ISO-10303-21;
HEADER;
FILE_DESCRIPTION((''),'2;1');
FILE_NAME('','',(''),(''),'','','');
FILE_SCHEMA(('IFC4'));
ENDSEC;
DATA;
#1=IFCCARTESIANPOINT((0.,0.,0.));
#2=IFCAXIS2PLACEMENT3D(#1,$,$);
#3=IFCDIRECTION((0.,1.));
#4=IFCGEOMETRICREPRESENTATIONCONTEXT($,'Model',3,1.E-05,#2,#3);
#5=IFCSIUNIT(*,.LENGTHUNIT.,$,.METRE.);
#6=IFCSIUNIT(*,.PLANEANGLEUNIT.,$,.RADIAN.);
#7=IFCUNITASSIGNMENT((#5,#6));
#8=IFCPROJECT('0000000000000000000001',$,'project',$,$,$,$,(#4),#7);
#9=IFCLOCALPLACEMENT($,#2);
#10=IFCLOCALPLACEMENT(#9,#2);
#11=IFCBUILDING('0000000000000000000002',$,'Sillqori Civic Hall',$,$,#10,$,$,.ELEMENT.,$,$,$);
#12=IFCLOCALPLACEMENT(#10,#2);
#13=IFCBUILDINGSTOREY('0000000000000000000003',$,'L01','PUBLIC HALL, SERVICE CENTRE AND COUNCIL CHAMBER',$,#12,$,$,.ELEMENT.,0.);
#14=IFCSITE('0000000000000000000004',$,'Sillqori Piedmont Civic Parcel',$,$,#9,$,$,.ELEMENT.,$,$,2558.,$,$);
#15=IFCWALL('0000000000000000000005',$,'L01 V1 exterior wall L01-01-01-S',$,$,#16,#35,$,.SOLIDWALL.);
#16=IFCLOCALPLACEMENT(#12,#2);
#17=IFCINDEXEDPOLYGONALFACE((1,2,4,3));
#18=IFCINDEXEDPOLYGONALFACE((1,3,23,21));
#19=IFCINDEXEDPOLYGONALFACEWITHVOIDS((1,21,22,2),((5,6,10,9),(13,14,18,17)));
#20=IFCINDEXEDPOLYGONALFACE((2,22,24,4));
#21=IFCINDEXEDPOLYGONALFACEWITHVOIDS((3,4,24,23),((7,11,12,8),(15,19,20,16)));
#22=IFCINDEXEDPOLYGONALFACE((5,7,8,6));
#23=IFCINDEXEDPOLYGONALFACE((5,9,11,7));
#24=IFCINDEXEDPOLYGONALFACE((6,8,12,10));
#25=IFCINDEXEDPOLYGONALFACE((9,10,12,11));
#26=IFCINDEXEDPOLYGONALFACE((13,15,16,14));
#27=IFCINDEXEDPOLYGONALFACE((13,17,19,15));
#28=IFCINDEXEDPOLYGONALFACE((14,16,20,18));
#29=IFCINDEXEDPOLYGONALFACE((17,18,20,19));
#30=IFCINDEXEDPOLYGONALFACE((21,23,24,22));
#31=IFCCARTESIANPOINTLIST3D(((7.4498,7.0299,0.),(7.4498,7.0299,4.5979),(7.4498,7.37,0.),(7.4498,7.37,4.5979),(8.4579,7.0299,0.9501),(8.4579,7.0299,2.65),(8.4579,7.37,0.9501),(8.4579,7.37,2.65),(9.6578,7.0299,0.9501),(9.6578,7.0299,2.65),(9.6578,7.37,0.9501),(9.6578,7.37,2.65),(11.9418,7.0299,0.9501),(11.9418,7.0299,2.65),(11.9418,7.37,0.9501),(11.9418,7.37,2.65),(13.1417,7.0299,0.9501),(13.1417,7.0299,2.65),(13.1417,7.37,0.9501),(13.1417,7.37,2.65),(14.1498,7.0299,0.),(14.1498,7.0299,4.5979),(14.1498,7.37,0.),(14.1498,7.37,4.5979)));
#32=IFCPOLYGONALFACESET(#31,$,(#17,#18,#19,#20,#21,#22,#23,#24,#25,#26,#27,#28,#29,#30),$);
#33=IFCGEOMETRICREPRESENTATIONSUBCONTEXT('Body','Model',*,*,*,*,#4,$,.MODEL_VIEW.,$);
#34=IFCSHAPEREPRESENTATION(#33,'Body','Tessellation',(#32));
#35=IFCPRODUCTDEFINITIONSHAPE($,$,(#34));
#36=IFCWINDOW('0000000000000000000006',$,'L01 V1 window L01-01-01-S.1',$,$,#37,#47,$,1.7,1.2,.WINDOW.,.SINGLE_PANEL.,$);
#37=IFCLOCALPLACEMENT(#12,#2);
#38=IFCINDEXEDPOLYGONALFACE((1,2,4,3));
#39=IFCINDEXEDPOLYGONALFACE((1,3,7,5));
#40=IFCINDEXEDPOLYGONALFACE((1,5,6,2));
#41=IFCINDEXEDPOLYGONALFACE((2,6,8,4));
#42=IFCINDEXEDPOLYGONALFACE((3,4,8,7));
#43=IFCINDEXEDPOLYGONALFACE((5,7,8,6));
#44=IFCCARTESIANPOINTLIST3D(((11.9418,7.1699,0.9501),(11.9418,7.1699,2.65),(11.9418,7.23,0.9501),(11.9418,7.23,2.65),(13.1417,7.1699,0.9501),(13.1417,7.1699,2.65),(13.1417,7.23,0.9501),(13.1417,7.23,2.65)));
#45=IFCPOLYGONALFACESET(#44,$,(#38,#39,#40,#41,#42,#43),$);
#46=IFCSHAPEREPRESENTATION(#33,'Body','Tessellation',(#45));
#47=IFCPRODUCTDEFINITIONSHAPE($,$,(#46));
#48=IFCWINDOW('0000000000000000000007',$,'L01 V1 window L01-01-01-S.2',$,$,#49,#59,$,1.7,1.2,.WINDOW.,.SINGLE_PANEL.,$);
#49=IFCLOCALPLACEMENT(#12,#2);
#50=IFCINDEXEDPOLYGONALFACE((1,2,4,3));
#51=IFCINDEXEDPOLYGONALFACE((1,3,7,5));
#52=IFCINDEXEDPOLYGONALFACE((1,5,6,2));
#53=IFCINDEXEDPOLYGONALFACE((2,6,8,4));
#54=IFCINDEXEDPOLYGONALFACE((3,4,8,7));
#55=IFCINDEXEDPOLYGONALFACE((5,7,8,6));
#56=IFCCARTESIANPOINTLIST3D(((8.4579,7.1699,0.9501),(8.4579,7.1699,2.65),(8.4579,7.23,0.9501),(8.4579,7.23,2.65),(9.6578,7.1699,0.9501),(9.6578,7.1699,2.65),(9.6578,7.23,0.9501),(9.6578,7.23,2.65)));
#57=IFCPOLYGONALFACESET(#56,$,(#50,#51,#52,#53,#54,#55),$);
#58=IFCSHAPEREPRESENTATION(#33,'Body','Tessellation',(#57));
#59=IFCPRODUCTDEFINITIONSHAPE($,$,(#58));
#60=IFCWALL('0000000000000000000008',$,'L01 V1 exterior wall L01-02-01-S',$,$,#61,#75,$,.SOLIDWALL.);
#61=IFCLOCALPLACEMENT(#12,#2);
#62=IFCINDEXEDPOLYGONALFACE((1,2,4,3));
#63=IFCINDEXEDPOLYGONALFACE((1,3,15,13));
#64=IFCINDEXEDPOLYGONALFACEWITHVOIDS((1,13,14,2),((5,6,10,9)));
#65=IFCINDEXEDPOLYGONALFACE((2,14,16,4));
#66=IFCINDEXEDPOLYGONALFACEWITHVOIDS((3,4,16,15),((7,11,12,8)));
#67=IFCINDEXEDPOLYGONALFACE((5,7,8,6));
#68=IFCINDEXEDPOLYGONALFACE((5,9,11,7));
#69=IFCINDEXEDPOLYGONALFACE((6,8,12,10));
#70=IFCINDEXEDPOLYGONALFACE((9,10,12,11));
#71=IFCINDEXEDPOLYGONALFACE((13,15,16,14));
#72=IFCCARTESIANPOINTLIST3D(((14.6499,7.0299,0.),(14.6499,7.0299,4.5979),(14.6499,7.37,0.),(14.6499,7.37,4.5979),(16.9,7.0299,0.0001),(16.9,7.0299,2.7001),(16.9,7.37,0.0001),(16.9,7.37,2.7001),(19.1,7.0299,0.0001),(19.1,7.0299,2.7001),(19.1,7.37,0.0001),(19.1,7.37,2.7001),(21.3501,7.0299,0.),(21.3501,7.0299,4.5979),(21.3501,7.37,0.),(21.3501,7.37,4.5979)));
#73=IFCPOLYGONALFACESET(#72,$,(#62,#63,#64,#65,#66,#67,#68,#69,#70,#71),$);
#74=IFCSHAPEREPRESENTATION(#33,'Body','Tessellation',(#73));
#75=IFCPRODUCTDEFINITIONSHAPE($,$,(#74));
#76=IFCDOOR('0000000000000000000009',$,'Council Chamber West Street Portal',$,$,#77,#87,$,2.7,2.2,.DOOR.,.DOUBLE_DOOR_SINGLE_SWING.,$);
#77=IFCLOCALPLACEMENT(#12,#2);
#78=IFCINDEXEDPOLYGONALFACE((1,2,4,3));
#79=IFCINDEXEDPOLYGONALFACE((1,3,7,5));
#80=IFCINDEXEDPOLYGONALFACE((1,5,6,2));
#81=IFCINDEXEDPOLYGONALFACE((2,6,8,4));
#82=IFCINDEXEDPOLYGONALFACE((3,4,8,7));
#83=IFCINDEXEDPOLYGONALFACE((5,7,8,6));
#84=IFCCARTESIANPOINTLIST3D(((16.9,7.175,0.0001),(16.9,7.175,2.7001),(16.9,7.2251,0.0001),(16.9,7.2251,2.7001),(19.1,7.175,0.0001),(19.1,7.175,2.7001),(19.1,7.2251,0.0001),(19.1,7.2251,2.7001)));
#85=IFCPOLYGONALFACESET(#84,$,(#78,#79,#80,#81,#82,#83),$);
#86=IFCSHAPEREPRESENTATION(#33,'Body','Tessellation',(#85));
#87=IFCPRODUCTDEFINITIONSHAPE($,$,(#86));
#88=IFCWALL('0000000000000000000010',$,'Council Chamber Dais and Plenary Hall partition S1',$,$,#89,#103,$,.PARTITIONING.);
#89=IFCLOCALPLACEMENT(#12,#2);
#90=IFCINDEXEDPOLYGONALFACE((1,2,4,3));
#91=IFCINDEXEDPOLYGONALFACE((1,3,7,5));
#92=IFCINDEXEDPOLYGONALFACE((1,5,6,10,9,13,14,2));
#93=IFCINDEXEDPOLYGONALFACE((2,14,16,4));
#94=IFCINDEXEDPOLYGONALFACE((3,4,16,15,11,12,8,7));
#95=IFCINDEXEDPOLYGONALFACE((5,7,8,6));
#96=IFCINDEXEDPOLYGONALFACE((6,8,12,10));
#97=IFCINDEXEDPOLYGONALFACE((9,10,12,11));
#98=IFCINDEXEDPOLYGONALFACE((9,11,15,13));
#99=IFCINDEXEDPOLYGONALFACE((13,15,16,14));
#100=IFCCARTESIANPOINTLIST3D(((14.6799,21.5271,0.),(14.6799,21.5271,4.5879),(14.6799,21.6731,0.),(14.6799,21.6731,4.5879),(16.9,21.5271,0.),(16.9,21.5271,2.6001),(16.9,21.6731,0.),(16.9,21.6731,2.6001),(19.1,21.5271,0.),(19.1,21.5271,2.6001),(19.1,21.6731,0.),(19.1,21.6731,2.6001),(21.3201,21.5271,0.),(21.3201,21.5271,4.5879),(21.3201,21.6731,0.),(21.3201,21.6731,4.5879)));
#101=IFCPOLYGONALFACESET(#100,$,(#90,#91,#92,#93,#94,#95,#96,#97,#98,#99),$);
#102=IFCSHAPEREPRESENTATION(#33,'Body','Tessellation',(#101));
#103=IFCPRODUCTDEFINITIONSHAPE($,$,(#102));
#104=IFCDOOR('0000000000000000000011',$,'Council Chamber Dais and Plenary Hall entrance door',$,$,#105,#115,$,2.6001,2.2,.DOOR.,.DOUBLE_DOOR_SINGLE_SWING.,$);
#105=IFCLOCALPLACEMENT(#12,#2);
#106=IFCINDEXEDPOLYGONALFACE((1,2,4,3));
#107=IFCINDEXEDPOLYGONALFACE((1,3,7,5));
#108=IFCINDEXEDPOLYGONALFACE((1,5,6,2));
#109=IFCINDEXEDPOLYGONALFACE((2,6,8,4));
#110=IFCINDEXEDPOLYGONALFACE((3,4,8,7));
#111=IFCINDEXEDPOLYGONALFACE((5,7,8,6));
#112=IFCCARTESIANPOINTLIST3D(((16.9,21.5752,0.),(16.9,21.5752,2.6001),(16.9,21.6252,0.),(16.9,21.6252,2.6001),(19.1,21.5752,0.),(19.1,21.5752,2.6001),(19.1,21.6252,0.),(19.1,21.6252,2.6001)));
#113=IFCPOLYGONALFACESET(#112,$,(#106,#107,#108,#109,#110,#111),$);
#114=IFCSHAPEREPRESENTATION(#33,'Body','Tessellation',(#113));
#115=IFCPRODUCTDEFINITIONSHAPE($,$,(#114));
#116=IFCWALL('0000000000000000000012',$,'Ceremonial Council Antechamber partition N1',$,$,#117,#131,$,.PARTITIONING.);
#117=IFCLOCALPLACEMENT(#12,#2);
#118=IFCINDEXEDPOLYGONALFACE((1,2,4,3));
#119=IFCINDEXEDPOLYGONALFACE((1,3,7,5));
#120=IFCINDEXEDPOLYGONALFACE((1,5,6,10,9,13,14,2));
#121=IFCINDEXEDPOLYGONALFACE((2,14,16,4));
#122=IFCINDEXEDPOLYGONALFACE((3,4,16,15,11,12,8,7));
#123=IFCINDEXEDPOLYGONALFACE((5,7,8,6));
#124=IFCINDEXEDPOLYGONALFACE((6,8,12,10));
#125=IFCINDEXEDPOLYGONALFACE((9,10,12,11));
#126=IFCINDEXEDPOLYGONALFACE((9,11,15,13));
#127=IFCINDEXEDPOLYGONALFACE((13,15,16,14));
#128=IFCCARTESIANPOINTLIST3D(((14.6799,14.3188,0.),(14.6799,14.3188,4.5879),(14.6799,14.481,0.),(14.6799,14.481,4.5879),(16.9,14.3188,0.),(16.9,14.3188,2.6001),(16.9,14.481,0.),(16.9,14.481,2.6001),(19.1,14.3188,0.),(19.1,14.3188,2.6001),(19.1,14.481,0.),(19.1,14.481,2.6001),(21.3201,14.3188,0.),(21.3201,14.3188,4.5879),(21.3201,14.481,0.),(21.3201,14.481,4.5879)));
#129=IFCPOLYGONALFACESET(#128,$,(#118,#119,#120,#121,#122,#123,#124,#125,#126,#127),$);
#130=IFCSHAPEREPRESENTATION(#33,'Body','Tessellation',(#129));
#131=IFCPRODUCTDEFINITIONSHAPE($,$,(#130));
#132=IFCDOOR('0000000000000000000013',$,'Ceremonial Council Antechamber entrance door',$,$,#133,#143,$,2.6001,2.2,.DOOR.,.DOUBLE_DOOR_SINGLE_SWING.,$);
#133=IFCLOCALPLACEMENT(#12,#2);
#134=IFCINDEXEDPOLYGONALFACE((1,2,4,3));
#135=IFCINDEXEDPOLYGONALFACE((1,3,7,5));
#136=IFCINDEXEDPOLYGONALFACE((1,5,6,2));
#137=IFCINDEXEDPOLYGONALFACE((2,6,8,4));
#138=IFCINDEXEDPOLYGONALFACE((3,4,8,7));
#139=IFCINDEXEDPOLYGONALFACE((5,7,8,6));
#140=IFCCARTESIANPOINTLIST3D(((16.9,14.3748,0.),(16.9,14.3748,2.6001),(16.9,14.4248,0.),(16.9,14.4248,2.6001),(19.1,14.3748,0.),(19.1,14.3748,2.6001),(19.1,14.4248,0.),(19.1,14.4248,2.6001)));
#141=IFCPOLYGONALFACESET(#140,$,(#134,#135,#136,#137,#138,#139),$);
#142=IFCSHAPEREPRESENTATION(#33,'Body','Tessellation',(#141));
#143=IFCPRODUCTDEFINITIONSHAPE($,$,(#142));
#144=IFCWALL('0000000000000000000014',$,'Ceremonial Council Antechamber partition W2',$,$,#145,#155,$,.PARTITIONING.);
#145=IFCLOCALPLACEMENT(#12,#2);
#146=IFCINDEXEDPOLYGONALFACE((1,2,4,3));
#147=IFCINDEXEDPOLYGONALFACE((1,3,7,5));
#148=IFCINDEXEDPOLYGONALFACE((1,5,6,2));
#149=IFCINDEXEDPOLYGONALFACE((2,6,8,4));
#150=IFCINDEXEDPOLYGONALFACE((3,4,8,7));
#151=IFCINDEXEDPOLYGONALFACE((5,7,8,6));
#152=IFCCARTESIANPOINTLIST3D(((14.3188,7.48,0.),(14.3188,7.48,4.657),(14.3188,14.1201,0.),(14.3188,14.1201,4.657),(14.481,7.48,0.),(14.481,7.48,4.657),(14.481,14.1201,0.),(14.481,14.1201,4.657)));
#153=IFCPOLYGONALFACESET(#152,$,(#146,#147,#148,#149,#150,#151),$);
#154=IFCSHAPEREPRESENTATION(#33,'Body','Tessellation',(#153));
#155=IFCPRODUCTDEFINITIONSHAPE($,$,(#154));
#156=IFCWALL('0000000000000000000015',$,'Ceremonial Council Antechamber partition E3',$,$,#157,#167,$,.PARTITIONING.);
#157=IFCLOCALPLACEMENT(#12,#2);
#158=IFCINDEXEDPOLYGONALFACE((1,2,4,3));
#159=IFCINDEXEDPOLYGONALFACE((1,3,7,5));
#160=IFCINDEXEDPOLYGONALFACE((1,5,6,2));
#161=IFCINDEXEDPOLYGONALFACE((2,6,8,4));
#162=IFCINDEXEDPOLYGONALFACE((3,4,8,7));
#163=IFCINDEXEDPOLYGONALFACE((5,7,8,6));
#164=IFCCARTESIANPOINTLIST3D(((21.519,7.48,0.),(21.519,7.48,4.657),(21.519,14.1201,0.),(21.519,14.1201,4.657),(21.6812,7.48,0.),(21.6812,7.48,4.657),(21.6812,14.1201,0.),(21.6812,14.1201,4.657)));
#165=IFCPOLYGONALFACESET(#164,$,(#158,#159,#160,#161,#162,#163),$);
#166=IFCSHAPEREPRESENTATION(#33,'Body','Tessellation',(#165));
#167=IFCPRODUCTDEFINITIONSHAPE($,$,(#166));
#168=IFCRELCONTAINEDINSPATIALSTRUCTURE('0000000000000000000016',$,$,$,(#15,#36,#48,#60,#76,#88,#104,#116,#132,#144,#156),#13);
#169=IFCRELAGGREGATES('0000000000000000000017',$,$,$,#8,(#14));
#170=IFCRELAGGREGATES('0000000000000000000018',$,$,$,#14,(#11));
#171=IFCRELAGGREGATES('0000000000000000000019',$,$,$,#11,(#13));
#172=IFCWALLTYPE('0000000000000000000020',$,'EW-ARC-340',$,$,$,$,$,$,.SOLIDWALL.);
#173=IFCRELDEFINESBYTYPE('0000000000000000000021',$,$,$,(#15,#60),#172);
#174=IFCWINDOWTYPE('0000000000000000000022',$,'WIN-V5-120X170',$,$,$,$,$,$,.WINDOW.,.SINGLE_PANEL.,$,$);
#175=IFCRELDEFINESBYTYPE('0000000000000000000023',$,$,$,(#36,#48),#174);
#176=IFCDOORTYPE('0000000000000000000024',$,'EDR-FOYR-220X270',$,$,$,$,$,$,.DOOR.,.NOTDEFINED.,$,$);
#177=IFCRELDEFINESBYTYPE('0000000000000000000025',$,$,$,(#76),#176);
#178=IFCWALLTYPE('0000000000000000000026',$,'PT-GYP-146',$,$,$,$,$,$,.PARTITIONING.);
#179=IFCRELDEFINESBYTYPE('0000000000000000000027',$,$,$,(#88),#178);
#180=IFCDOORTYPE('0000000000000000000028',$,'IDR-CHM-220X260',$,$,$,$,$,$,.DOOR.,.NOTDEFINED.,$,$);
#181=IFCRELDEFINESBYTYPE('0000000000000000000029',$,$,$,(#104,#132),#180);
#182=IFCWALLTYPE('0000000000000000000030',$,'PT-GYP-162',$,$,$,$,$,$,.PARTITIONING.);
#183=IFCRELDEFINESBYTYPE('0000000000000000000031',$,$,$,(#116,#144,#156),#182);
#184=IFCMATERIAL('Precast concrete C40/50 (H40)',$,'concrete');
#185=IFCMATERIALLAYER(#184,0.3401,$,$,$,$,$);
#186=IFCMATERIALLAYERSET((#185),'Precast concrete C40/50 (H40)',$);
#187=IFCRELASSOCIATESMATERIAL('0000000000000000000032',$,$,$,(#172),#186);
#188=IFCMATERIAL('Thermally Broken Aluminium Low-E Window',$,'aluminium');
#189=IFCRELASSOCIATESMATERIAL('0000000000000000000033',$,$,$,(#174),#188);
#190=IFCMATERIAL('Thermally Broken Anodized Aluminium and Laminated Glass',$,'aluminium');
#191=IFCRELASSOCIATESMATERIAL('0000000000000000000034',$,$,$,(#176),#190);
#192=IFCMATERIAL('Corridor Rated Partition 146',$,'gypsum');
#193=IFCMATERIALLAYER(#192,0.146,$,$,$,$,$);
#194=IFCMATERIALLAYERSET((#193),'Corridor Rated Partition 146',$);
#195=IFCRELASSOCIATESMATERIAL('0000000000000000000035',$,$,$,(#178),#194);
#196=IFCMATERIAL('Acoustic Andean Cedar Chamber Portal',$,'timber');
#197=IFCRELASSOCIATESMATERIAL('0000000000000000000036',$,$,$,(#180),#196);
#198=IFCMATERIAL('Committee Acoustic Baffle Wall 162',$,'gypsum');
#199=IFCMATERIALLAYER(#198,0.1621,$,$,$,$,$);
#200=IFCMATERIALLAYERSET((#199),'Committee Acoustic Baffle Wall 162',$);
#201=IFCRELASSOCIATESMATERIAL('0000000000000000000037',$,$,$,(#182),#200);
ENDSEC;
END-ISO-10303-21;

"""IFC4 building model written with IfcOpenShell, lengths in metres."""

from ifc_helpers import new_model, si_unit, direction, frame, frame_2d, origin, place, context, subcontext, project, spatial, rectangle, extrude, material, layer, layer_set, type_object, element, fill, save


model = new_model("IFC4")

# Units and contexts
model_context = context("Model", 3, precision=1e-05, world=origin(), true_north=direction((0.0, 1.0)))
body_context = subcontext(model_context, "Body", "Model", "MODEL_VIEW")
ifc_project = project(units=[si_unit("LENGTHUNIT", "METRE"), si_unit("PLANEANGLEUNIT", "RADIAN")], contexts=[model_context])

# Site, building, storey
site_placement = place(None, origin())
site = spatial("IfcSite", under=ifc_project, at=site_placement, Name="Sillqori Piedmont Civic Parcel", CompositionType="ELEMENT", RefElevation=2558.0)
building_placement = place(site_placement, origin())
building = spatial("IfcBuilding", under=site, at=building_placement, Name="Sillqori Civic Hall", CompositionType="ELEMENT")
storey_placement = place(building_placement, origin())
storey = spatial("IfcBuildingStorey", under=building, at=storey_placement, Name="L01", Description="PUBLIC HALL, SERVICE CENTRE AND COUNCIL CHAMBER", CompositionType="ELEMENT", Elevation=0.0)

# Wall, openings, windows
ifc_material_1 = material(Name="Precast concrete C40/50 (H40)", Category="concrete")
ifc_layer_1 = layer(ifc_material_1, 0.3401)
ifc_layer_set_1 = layer_set([ifc_layer_1], Name="Precast concrete C40/50 (H40)")
wall_type_1 = type_object("IfcWallType", Name="EW-ARC-340", PredefinedType="SOLIDWALL", material=ifc_layer_set_1)
wall_1_placement = place(storey_placement, frame((14.1499, 7.2, 0.0), z_axis=(0.0, 0.0, 1.0), x_axis=(-1.0, 0.0, 0.0)))
wall_1 = element("IfcWall", 1, at=wall_1_placement, inside=storey, type_object=wall_type_1, Name="L01 V1 exterior wall L01-01-01-S", PredefinedType="SOLIDWALL", context=body_context, shape_type="SweptSolid", body=[
    extrude(rectangle(XDim=6.7, YDim=0.3401, at=frame_2d((3.3501, 0.0))), origin(), (0.0, 0.0, 1.0), 4.5979),
])
opening_1_placement = place(wall_1_placement, frame((1.0081, 0.0, 0.95)))
opening_1 = element("IfcOpeningElement", 2, at=opening_1_placement, cuts=wall_1, PredefinedType="OPENING", context=body_context, shape_type="SweptSolid", body=[
    extrude(rectangle(XDim=1.2, YDim=1.7, at=frame_2d((0.6001, 0.8501))), frame((0.0, 0.1799, 0.0), z_axis=(0.0, -1.0, 0.0), x_axis=(1.0, 0.0, 0.0)), (0.0, 0.0, 1.0), 0.3601),
])
opening_2_placement = place(wall_1_placement, frame((4.4919, 0.0, 0.95)))
opening_2 = element("IfcOpeningElement", 3, at=opening_2_placement, cuts=wall_1, PredefinedType="OPENING", context=body_context, shape_type="SweptSolid", body=[
    extrude(rectangle(XDim=1.2, YDim=1.7, at=frame_2d((0.6001, 0.8501))), frame((0.0, 0.1799, 0.0), z_axis=(0.0, -1.0, 0.0), x_axis=(1.0, 0.0, 0.0)), (0.0, 0.0, 1.0), 0.3601),
])
ifc_material_2 = material(Name="Thermally Broken Aluminium Low-E Window", Category="aluminium")
window_type = type_object("IfcWindowType", Name="WIN-V5-120X170", PartitioningType="SINGLE_PANEL", PredefinedType="WINDOW", material=ifc_material_2)
window_1_placement = place(opening_1_placement, origin())
window_1 = element("IfcWindow", 4, at=window_1_placement, inside=storey, type_object=window_type, Name="L01 V1 window L01-01-01-S.1", OverallHeight=1.7, OverallWidth=1.2, PartitioningType="SINGLE_PANEL", PredefinedType="WINDOW", context=body_context, shape_type="SweptSolid", body=[
    extrude(rectangle(XDim=1.2, YDim=1.7, at=frame_2d((0.6001, 0.8501))), frame((0.0, 0.03, 0.0), z_axis=(0.0, -1.0, 0.0), x_axis=(1.0, 0.0, 0.0)), (0.0, 0.0, 1.0), 0.0601),
])
fill(opening_1, window_1)
window_2_placement = place(opening_2_placement, origin())
window_2 = element("IfcWindow", 5, at=window_2_placement, inside=storey, type_object=window_type, Name="L01 V1 window L01-01-01-S.2", OverallHeight=1.7, OverallWidth=1.2, PartitioningType="SINGLE_PANEL", PredefinedType="WINDOW", context=body_context, shape_type="SweptSolid", body=[
    extrude(rectangle(XDim=1.2, YDim=1.7, at=frame_2d((0.6001, 0.8501))), frame((0.0, 0.03, 0.0), z_axis=(0.0, -1.0, 0.0), x_axis=(1.0, 0.0, 0.0)), (0.0, 0.0, 1.0), 0.0601),
])
fill(opening_2, window_2)

# Walls, openings, doors
wall_2_placement = place(storey_placement, frame((21.3501, 7.2, 0.0), z_axis=(0.0, 0.0, 1.0), x_axis=(-1.0, 0.0, 0.0)))
wall_2 = element("IfcWall", 6, at=wall_2_placement, inside=storey, type_object=wall_type_1, Name="L01 V1 exterior wall L01-02-01-S", PredefinedType="SOLIDWALL", context=body_context, shape_type="SweptSolid", body=[
    extrude(rectangle(XDim=6.7002, YDim=0.3401, at=frame_2d((3.3501, 0.0))), origin(), (0.0, 0.0, 1.0), 4.5979),
])
opening_3_placement = place(wall_2_placement, frame((2.25, 0.0, 0.0)))
opening_3 = element("IfcOpeningElement", 7, at=opening_3_placement, cuts=wall_2, PredefinedType="OPENING", context=body_context, shape_type="SweptSolid", body=[
    extrude(rectangle(XDim=2.2, YDim=2.7, at=frame_2d((1.1001, 1.3501))), frame((0.0, 0.1799, 0.0), z_axis=(0.0, -1.0, 0.0), x_axis=(1.0, 0.0, 0.0)), (0.0, 0.0, 1.0), 0.3601),
])
ifc_material_3 = material(Name="Thermally Broken Anodized Aluminium and Laminated Glass", Category="aluminium")
door_type_1 = type_object("IfcDoorType", Name="EDR-FOYR-220X270", OperationType="NOTDEFINED", PredefinedType="DOOR", material=ifc_material_3)
door_1_placement = place(opening_3_placement, origin())
door_1 = element("IfcDoor", 8, at=door_1_placement, inside=storey, type_object=door_type_1, Name="Council Chamber West Street Portal", OperationType="DOUBLE_DOOR_SINGLE_SWING", OverallHeight=2.7, OverallWidth=2.2, PredefinedType="DOOR", context=body_context, shape_type="SweptSolid", body=[
    extrude(rectangle(XDim=2.2, YDim=2.7, at=frame_2d((1.1001, 1.3501))), frame((0.0, 0.0249, 0.0), z_axis=(0.0, -1.0, 0.0), x_axis=(1.0, 0.0, 0.0)), (0.0, 0.0, 1.0), 0.05),
])
fill(opening_3, door_1)
ifc_material_4 = material(Name="Corridor Rated Partition 146", Category="gypsum")
ifc_layer_2 = layer(ifc_material_4, 0.146)
ifc_layer_set_2 = layer_set([ifc_layer_2], Name="Corridor Rated Partition 146")
wall_type_2 = type_object("IfcWallType", Name="PT-GYP-146", PredefinedType="PARTITIONING", material=ifc_layer_set_2)
wall_3_placement = place(storey_placement, frame((21.3201, 21.6001, 0.0), z_axis=(0.0, 0.0, 1.0), x_axis=(-1.0, 0.0, 0.0)))
wall_3 = element("IfcWall", 9, at=wall_3_placement, inside=storey, type_object=wall_type_2, Name="Council Chamber Dais and Plenary Hall partition S1", PredefinedType="PARTITIONING", context=body_context, shape_type="SweptSolid", body=[
    extrude(rectangle(XDim=6.6401, YDim=0.146, at=frame_2d((3.3201, 0.0))), origin(), (0.0, 0.0, 1.0), 4.5879),
])
opening_4_placement = place(wall_3_placement, frame((2.22, 0.0, 0.0)))
opening_4 = element("IfcOpeningElement", 10, at=opening_4_placement, cuts=wall_3, PredefinedType="OPENING", context=body_context, shape_type="SweptSolid", body=[
    extrude(rectangle(XDim=2.2, YDim=2.6001, at=frame_2d((1.1001, 1.3))), frame((0.0, 0.083, 0.0), z_axis=(0.0, -1.0, 0.0), x_axis=(1.0, 0.0, 0.0)), (0.0, 0.0, 1.0), 0.166),
])
ifc_material_5 = material(Name="Acoustic Andean Cedar Chamber Portal", Category="timber")
door_type_2 = type_object("IfcDoorType", Name="IDR-CHM-220X260", OperationType="NOTDEFINED", PredefinedType="DOOR", material=ifc_material_5)
door_2_placement = place(opening_4_placement, origin())
door_2 = element("IfcDoor", 11, at=door_2_placement, inside=storey, type_object=door_type_2, Name="Council Chamber Dais and Plenary Hall entrance door", OperationType="DOUBLE_DOOR_SINGLE_SWING", OverallHeight=2.6001, OverallWidth=2.2, PredefinedType="DOOR", context=body_context, shape_type="SweptSolid", body=[
    extrude(rectangle(XDim=2.2, YDim=2.6001, at=frame_2d((1.1001, 1.3))), frame((0.0, 0.0249, 0.0), z_axis=(0.0, -1.0, 0.0), x_axis=(1.0, 0.0, 0.0)), (0.0, 0.0, 1.0), 0.05),
])
fill(opening_4, door_2)
ifc_material_6 = material(Name="Committee Acoustic Baffle Wall 162", Category="gypsum")
ifc_layer_3 = layer(ifc_material_6, 0.1621)
ifc_layer_set_3 = layer_set([ifc_layer_3], Name="Committee Acoustic Baffle Wall 162")
wall_type_3 = type_object("IfcWallType", Name="PT-GYP-162", PredefinedType="PARTITIONING", material=ifc_layer_set_3)
wall_4_placement = place(storey_placement, frame((14.6799, 14.3999, 0.0), z_axis=(0.0, 0.0, 1.0), x_axis=(1.0, 0.0, 0.0)))
wall_4 = element("IfcWall", 12, at=wall_4_placement, inside=storey, type_object=wall_type_3, Name="Ceremonial Council Antechamber partition N1", PredefinedType="PARTITIONING", context=body_context, shape_type="SweptSolid", body=[
    extrude(rectangle(XDim=6.6401, YDim=0.1621, at=frame_2d((3.3201, 0.0))), origin(), (0.0, 0.0, 1.0), 4.5879),
])
opening_5_placement = place(wall_4_placement, frame((2.22, 0.0, 0.0)))
opening_5 = element("IfcOpeningElement", 13, at=opening_5_placement, cuts=wall_4, PredefinedType="OPENING", context=body_context, shape_type="SweptSolid", body=[
    extrude(rectangle(XDim=2.2, YDim=2.6001, at=frame_2d((1.1001, 1.3))), frame((0.0, 0.0911, 0.0), z_axis=(0.0, -1.0, 0.0), x_axis=(1.0, 0.0, 0.0)), (0.0, 0.0, 1.0), 0.1821),
])
door_3_placement = place(opening_5_placement, origin())
door_3 = element("IfcDoor", 14, at=door_3_placement, inside=storey, type_object=door_type_2, Name="Ceremonial Council Antechamber entrance door", OperationType="DOUBLE_DOOR_SINGLE_SWING", OverallHeight=2.6001, OverallWidth=2.2, PredefinedType="DOOR", context=body_context, shape_type="SweptSolid", body=[
    extrude(rectangle(XDim=2.2, YDim=2.6001, at=frame_2d((1.1001, 1.3))), frame((0.0, 0.0249, 0.0), z_axis=(0.0, -1.0, 0.0), x_axis=(1.0, 0.0, 0.0)), (0.0, 0.0, 1.0), 0.05),
])
fill(opening_5, door_3)

# Walls
for number, where, z_axis, x_axis, name in (
    (15, (14.3999, 7.48, 0.0), (0.0, 0.0, 1.0), (0.0, 1.0, 0.0), "Ceremonial Council Antechamber partition W2"),
    (16, (21.6001, 14.1201, 0.0), (0.0, 0.0, 1.0), (0.0, -1.0, 0.0), "Ceremonial Council Antechamber partition E3"),
):
    element("IfcWall", number, at=place(storey_placement, frame(where, z_axis=z_axis, x_axis=x_axis)), inside=storey, type_object=wall_type_3, Name=name, PredefinedType="PARTITIONING", context=body_context, shape_type="SweptSolid", body=[
        extrude(rectangle(XDim=6.6401, YDim=0.1621, at=frame_2d((3.3201, 0.0))), origin(), (0.0, 0.0, 1.0), 4.657),
    ])

save(model, "model.ifc")
